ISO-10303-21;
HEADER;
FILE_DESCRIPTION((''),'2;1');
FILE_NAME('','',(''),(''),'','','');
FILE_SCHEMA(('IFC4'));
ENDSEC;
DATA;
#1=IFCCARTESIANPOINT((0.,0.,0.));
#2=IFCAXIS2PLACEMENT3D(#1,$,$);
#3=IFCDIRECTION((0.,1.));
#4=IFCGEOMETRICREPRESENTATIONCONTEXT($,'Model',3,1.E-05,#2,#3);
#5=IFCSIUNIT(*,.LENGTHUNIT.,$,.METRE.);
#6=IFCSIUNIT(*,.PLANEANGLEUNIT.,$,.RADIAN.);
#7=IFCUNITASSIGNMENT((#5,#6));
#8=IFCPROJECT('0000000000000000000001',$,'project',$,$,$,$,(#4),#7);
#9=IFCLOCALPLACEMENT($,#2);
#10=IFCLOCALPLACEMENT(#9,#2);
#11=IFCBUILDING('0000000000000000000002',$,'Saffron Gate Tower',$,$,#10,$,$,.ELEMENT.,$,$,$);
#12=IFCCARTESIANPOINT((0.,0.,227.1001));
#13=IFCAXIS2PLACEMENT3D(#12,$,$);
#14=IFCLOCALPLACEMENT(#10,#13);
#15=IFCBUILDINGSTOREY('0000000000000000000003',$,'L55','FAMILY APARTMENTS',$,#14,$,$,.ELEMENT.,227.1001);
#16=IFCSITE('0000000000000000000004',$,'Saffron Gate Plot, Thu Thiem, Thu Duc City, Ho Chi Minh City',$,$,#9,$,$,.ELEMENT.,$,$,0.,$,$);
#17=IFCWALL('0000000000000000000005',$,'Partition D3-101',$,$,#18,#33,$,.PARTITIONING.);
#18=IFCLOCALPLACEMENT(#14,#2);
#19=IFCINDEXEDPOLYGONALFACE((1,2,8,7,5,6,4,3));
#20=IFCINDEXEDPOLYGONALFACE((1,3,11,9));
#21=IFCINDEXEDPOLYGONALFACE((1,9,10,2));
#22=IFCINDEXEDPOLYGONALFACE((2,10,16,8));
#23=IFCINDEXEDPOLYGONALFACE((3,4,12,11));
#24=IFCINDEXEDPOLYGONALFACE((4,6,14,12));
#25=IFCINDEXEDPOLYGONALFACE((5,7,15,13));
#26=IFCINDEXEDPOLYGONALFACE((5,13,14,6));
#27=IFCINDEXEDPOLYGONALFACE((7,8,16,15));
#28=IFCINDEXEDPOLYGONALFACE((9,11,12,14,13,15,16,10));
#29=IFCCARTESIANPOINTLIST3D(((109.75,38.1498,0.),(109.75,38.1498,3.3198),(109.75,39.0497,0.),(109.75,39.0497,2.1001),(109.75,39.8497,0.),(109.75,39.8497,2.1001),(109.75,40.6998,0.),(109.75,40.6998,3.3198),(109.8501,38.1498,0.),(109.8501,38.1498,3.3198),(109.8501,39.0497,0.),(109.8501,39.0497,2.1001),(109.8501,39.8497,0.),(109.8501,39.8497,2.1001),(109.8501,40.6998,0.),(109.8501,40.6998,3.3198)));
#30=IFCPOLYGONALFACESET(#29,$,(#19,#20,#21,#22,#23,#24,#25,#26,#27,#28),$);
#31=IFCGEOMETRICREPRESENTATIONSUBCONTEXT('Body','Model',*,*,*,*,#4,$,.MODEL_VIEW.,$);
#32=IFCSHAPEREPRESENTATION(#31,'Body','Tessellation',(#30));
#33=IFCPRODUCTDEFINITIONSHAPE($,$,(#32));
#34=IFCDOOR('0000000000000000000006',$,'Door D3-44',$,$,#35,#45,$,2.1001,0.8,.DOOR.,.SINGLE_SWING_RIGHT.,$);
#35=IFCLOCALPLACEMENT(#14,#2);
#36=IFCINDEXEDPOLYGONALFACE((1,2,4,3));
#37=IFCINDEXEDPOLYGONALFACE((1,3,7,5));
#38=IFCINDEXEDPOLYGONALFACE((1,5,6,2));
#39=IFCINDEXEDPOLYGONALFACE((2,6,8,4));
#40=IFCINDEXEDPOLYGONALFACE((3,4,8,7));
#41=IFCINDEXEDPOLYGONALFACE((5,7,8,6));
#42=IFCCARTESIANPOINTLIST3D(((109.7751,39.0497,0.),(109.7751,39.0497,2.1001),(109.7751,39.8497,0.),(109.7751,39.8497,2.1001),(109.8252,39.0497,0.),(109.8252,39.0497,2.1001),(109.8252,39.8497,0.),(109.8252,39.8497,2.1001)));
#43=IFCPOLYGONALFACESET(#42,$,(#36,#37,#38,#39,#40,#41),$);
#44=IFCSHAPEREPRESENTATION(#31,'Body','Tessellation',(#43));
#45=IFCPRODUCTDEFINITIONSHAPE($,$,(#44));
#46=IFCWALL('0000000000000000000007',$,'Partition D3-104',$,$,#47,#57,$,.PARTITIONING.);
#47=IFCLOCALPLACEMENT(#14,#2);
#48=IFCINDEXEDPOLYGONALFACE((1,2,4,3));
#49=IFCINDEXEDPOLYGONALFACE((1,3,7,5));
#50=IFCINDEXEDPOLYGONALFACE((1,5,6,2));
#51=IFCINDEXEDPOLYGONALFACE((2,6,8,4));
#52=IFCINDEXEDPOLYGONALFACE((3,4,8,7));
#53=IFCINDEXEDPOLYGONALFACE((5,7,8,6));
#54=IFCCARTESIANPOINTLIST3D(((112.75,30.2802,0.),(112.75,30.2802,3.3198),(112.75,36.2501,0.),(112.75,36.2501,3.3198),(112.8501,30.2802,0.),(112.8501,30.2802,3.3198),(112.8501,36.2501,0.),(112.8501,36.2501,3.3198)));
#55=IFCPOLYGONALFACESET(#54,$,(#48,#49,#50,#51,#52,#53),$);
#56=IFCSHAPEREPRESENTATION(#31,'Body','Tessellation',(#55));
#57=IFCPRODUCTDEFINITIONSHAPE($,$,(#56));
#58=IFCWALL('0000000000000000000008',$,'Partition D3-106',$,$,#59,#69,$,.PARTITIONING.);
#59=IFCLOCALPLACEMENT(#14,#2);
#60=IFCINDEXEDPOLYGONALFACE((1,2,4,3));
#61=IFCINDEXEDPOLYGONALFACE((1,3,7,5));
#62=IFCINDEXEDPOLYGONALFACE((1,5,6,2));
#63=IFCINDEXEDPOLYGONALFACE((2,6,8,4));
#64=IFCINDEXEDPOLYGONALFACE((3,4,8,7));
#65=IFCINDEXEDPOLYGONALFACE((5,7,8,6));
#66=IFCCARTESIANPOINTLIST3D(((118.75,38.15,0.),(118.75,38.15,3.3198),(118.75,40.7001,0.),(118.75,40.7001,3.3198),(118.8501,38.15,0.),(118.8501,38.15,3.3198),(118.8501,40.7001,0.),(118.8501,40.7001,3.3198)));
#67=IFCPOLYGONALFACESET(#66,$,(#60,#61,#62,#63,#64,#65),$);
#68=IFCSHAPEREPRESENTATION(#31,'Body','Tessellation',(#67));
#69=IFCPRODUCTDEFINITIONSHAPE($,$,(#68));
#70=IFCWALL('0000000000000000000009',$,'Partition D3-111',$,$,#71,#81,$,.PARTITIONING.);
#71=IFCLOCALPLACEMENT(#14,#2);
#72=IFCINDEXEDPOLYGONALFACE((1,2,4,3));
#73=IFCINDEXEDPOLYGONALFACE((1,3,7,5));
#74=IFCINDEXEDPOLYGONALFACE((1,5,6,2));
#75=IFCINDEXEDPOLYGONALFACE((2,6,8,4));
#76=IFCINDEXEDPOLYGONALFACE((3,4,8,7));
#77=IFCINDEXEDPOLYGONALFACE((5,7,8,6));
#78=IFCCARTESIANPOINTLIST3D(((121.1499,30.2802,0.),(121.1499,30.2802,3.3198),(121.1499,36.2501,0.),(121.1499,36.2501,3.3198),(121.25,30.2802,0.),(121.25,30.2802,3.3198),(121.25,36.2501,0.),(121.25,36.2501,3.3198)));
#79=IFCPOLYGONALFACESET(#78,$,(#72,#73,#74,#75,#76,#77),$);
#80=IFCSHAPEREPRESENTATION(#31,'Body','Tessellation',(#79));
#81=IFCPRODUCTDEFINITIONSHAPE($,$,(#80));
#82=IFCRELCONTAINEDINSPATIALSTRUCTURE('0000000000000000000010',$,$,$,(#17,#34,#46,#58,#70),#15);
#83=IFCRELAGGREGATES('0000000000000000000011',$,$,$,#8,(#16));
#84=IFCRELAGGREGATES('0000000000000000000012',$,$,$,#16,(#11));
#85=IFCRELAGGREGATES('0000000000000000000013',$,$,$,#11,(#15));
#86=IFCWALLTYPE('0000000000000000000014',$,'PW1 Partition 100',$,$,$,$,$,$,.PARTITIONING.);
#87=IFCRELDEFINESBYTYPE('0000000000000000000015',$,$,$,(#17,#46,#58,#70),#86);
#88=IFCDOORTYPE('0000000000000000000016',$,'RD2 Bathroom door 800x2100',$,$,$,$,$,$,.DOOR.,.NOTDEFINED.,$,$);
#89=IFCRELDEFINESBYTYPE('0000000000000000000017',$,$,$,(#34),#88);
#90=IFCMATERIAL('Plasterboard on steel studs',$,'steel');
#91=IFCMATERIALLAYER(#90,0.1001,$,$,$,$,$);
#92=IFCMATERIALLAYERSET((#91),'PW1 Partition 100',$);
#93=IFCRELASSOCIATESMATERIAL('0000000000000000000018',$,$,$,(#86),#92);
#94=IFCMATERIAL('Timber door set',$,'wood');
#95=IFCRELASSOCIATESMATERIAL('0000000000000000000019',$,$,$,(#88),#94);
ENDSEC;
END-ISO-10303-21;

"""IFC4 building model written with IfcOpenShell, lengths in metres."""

from ifc_helpers import new_model, si_unit, direction, frame, frame_2d, origin, place, context, subcontext, project, spatial, rectangle, extrude, material, layer, layer_set, type_object, element, fill, save


model = new_model("IFC4")

# Units and contexts
model_context = context("Model", 3, precision=1e-05, world=origin(), true_north=direction((0.0, 1.0)))
body_context = subcontext(model_context, "Body", "Model", "MODEL_VIEW")
ifc_project = project(units=[si_unit("LENGTHUNIT", "METRE"), si_unit("PLANEANGLEUNIT", "RADIAN")], contexts=[model_context])

# Site, building, storey
site_placement = place(None, origin())
site = spatial("IfcSite", under=ifc_project, at=site_placement, Name="Saffron Gate Plot, Thu Thiem, Thu Duc City, Ho Chi Minh City", CompositionType="ELEMENT", RefElevation=0.0)
building_placement = place(site_placement, origin())
building = spatial("IfcBuilding", under=site, at=building_placement, Name="Saffron Gate Tower", CompositionType="ELEMENT")
storey_placement = place(building_placement, frame((0.0, 0.0, 227.1001)))
storey = spatial("IfcBuildingStorey", under=building, at=storey_placement, Name="L55", Description="FAMILY APARTMENTS", CompositionType="ELEMENT", Elevation=227.1001)

# Wall, opening, door
ifc_material_1 = material(Name="Plasterboard on steel studs", Category="steel")
ifc_layer_1 = layer(ifc_material_1, 0.1001)
ifc_layer_set_1 = layer_set([ifc_layer_1], Name="PW1 Partition 100")
wall_type = type_object("IfcWallType", Name="PW1 Partition 100", PredefinedType="PARTITIONING", material=ifc_layer_set_1)
ifc_material_2 = material(Name="Timber door set", Category="wood")
wall_1_placement = place(storey_placement, frame((109.8, 38.1499, 0.0), z_axis=(0.0, 0.0, 1.0), x_axis=(0.0, 1.0, 0.0)))
wall_1 = element("IfcWall", 1, at=wall_1_placement, inside=storey, type_object=wall_type, Name="Partition D3-101", PredefinedType="PARTITIONING", context=body_context, shape_type="SweptSolid", body=[
    extrude(rectangle(XDim=2.55, YDim=0.1001, at=frame_2d((1.2749, 0.0))), origin(), (0.0, 0.0, 1.0), 3.3198),
])
opening_1_placement = place(wall_1_placement, frame((0.8999, 0.0, 0.0)))
opening_1 = element("IfcOpeningElement", 2, at=opening_1_placement, cuts=wall_1, PredefinedType="OPENING", context=body_context, shape_type="SweptSolid", body=[
    extrude(rectangle(XDim=0.8, YDim=2.1001, at=frame_2d((0.3999, 1.05))), frame((0.0, 0.0601, 0.0), z_axis=(0.0, -1.0, 0.0), x_axis=(1.0, 0.0, 0.0)), (0.0, 0.0, 1.0), 0.1201),
])
door_type_1 = type_object("IfcDoorType", Name="RD2 Bathroom door 800x2100", OperationType="NOTDEFINED", PredefinedType="DOOR", material=ifc_material_2)
door_1_placement = place(opening_1_placement, origin())
door_1 = element("IfcDoor", 3, at=door_1_placement, inside=storey, type_object=door_type_1, Name="Door D3-44", OperationType="SINGLE_SWING_RIGHT", OverallHeight=2.1001, OverallWidth=0.8, PredefinedType="DOOR", context=body_context, shape_type="SweptSolid", body=[
    extrude(rectangle(XDim=0.8, YDim=2.1001, at=frame_2d((0.3999, 1.05))), frame((0.0, 0.0249, 0.0), z_axis=(0.0, -1.0, 0.0), x_axis=(1.0, 0.0, 0.0)), (0.0, 0.0, 1.0), 0.05),
])
fill(opening_1, door_1)

# Walls
wall_2_placement = place(storey_placement, frame((112.8, 36.25, 0.0), z_axis=(0.0, 0.0, 1.0), x_axis=(0.0, -1.0, 0.0)))
element("IfcWall", 4, at=wall_2_placement, inside=storey, type_object=wall_type, Name="Partition D3-104", PredefinedType="PARTITIONING", context=body_context, shape_type="SweptSolid", body=[
    extrude(rectangle(XDim=5.97, YDim=0.1001, at=frame_2d((2.9849, 0.0))), origin(), (0.0, 0.0, 1.0), 3.3198),
])
wall_3_placement = place(storey_placement, frame((118.8, 40.7, 0.0), z_axis=(0.0, 0.0, 1.0), x_axis=(0.0, -1.0, 0.0)))
element("IfcWall", 5, at=wall_3_placement, inside=storey, type_object=wall_type, Name="Partition D3-106", PredefinedType="PARTITIONING", context=body_context, shape_type="SweptSolid", body=[
    extrude(rectangle(XDim=2.55, YDim=0.1001, at=frame_2d((1.2749, 0.0))), origin(), (0.0, 0.0, 1.0), 3.3198),
])
wall_4_placement = place(storey_placement, frame((121.2, 36.25, 0.0), z_axis=(0.0, 0.0, 1.0), x_axis=(0.0, -1.0, 0.0)))
element("IfcWall", 6, at=wall_4_placement, inside=storey, type_object=wall_type, Name="Partition D3-111", PredefinedType="PARTITIONING", context=body_context, shape_type="SweptSolid", body=[
    extrude(rectangle(XDim=5.97, YDim=0.1001, at=frame_2d((2.9849, 0.0))), origin(), (0.0, 0.0, 1.0), 3.3198),
])

save(model, "model.ifc")
